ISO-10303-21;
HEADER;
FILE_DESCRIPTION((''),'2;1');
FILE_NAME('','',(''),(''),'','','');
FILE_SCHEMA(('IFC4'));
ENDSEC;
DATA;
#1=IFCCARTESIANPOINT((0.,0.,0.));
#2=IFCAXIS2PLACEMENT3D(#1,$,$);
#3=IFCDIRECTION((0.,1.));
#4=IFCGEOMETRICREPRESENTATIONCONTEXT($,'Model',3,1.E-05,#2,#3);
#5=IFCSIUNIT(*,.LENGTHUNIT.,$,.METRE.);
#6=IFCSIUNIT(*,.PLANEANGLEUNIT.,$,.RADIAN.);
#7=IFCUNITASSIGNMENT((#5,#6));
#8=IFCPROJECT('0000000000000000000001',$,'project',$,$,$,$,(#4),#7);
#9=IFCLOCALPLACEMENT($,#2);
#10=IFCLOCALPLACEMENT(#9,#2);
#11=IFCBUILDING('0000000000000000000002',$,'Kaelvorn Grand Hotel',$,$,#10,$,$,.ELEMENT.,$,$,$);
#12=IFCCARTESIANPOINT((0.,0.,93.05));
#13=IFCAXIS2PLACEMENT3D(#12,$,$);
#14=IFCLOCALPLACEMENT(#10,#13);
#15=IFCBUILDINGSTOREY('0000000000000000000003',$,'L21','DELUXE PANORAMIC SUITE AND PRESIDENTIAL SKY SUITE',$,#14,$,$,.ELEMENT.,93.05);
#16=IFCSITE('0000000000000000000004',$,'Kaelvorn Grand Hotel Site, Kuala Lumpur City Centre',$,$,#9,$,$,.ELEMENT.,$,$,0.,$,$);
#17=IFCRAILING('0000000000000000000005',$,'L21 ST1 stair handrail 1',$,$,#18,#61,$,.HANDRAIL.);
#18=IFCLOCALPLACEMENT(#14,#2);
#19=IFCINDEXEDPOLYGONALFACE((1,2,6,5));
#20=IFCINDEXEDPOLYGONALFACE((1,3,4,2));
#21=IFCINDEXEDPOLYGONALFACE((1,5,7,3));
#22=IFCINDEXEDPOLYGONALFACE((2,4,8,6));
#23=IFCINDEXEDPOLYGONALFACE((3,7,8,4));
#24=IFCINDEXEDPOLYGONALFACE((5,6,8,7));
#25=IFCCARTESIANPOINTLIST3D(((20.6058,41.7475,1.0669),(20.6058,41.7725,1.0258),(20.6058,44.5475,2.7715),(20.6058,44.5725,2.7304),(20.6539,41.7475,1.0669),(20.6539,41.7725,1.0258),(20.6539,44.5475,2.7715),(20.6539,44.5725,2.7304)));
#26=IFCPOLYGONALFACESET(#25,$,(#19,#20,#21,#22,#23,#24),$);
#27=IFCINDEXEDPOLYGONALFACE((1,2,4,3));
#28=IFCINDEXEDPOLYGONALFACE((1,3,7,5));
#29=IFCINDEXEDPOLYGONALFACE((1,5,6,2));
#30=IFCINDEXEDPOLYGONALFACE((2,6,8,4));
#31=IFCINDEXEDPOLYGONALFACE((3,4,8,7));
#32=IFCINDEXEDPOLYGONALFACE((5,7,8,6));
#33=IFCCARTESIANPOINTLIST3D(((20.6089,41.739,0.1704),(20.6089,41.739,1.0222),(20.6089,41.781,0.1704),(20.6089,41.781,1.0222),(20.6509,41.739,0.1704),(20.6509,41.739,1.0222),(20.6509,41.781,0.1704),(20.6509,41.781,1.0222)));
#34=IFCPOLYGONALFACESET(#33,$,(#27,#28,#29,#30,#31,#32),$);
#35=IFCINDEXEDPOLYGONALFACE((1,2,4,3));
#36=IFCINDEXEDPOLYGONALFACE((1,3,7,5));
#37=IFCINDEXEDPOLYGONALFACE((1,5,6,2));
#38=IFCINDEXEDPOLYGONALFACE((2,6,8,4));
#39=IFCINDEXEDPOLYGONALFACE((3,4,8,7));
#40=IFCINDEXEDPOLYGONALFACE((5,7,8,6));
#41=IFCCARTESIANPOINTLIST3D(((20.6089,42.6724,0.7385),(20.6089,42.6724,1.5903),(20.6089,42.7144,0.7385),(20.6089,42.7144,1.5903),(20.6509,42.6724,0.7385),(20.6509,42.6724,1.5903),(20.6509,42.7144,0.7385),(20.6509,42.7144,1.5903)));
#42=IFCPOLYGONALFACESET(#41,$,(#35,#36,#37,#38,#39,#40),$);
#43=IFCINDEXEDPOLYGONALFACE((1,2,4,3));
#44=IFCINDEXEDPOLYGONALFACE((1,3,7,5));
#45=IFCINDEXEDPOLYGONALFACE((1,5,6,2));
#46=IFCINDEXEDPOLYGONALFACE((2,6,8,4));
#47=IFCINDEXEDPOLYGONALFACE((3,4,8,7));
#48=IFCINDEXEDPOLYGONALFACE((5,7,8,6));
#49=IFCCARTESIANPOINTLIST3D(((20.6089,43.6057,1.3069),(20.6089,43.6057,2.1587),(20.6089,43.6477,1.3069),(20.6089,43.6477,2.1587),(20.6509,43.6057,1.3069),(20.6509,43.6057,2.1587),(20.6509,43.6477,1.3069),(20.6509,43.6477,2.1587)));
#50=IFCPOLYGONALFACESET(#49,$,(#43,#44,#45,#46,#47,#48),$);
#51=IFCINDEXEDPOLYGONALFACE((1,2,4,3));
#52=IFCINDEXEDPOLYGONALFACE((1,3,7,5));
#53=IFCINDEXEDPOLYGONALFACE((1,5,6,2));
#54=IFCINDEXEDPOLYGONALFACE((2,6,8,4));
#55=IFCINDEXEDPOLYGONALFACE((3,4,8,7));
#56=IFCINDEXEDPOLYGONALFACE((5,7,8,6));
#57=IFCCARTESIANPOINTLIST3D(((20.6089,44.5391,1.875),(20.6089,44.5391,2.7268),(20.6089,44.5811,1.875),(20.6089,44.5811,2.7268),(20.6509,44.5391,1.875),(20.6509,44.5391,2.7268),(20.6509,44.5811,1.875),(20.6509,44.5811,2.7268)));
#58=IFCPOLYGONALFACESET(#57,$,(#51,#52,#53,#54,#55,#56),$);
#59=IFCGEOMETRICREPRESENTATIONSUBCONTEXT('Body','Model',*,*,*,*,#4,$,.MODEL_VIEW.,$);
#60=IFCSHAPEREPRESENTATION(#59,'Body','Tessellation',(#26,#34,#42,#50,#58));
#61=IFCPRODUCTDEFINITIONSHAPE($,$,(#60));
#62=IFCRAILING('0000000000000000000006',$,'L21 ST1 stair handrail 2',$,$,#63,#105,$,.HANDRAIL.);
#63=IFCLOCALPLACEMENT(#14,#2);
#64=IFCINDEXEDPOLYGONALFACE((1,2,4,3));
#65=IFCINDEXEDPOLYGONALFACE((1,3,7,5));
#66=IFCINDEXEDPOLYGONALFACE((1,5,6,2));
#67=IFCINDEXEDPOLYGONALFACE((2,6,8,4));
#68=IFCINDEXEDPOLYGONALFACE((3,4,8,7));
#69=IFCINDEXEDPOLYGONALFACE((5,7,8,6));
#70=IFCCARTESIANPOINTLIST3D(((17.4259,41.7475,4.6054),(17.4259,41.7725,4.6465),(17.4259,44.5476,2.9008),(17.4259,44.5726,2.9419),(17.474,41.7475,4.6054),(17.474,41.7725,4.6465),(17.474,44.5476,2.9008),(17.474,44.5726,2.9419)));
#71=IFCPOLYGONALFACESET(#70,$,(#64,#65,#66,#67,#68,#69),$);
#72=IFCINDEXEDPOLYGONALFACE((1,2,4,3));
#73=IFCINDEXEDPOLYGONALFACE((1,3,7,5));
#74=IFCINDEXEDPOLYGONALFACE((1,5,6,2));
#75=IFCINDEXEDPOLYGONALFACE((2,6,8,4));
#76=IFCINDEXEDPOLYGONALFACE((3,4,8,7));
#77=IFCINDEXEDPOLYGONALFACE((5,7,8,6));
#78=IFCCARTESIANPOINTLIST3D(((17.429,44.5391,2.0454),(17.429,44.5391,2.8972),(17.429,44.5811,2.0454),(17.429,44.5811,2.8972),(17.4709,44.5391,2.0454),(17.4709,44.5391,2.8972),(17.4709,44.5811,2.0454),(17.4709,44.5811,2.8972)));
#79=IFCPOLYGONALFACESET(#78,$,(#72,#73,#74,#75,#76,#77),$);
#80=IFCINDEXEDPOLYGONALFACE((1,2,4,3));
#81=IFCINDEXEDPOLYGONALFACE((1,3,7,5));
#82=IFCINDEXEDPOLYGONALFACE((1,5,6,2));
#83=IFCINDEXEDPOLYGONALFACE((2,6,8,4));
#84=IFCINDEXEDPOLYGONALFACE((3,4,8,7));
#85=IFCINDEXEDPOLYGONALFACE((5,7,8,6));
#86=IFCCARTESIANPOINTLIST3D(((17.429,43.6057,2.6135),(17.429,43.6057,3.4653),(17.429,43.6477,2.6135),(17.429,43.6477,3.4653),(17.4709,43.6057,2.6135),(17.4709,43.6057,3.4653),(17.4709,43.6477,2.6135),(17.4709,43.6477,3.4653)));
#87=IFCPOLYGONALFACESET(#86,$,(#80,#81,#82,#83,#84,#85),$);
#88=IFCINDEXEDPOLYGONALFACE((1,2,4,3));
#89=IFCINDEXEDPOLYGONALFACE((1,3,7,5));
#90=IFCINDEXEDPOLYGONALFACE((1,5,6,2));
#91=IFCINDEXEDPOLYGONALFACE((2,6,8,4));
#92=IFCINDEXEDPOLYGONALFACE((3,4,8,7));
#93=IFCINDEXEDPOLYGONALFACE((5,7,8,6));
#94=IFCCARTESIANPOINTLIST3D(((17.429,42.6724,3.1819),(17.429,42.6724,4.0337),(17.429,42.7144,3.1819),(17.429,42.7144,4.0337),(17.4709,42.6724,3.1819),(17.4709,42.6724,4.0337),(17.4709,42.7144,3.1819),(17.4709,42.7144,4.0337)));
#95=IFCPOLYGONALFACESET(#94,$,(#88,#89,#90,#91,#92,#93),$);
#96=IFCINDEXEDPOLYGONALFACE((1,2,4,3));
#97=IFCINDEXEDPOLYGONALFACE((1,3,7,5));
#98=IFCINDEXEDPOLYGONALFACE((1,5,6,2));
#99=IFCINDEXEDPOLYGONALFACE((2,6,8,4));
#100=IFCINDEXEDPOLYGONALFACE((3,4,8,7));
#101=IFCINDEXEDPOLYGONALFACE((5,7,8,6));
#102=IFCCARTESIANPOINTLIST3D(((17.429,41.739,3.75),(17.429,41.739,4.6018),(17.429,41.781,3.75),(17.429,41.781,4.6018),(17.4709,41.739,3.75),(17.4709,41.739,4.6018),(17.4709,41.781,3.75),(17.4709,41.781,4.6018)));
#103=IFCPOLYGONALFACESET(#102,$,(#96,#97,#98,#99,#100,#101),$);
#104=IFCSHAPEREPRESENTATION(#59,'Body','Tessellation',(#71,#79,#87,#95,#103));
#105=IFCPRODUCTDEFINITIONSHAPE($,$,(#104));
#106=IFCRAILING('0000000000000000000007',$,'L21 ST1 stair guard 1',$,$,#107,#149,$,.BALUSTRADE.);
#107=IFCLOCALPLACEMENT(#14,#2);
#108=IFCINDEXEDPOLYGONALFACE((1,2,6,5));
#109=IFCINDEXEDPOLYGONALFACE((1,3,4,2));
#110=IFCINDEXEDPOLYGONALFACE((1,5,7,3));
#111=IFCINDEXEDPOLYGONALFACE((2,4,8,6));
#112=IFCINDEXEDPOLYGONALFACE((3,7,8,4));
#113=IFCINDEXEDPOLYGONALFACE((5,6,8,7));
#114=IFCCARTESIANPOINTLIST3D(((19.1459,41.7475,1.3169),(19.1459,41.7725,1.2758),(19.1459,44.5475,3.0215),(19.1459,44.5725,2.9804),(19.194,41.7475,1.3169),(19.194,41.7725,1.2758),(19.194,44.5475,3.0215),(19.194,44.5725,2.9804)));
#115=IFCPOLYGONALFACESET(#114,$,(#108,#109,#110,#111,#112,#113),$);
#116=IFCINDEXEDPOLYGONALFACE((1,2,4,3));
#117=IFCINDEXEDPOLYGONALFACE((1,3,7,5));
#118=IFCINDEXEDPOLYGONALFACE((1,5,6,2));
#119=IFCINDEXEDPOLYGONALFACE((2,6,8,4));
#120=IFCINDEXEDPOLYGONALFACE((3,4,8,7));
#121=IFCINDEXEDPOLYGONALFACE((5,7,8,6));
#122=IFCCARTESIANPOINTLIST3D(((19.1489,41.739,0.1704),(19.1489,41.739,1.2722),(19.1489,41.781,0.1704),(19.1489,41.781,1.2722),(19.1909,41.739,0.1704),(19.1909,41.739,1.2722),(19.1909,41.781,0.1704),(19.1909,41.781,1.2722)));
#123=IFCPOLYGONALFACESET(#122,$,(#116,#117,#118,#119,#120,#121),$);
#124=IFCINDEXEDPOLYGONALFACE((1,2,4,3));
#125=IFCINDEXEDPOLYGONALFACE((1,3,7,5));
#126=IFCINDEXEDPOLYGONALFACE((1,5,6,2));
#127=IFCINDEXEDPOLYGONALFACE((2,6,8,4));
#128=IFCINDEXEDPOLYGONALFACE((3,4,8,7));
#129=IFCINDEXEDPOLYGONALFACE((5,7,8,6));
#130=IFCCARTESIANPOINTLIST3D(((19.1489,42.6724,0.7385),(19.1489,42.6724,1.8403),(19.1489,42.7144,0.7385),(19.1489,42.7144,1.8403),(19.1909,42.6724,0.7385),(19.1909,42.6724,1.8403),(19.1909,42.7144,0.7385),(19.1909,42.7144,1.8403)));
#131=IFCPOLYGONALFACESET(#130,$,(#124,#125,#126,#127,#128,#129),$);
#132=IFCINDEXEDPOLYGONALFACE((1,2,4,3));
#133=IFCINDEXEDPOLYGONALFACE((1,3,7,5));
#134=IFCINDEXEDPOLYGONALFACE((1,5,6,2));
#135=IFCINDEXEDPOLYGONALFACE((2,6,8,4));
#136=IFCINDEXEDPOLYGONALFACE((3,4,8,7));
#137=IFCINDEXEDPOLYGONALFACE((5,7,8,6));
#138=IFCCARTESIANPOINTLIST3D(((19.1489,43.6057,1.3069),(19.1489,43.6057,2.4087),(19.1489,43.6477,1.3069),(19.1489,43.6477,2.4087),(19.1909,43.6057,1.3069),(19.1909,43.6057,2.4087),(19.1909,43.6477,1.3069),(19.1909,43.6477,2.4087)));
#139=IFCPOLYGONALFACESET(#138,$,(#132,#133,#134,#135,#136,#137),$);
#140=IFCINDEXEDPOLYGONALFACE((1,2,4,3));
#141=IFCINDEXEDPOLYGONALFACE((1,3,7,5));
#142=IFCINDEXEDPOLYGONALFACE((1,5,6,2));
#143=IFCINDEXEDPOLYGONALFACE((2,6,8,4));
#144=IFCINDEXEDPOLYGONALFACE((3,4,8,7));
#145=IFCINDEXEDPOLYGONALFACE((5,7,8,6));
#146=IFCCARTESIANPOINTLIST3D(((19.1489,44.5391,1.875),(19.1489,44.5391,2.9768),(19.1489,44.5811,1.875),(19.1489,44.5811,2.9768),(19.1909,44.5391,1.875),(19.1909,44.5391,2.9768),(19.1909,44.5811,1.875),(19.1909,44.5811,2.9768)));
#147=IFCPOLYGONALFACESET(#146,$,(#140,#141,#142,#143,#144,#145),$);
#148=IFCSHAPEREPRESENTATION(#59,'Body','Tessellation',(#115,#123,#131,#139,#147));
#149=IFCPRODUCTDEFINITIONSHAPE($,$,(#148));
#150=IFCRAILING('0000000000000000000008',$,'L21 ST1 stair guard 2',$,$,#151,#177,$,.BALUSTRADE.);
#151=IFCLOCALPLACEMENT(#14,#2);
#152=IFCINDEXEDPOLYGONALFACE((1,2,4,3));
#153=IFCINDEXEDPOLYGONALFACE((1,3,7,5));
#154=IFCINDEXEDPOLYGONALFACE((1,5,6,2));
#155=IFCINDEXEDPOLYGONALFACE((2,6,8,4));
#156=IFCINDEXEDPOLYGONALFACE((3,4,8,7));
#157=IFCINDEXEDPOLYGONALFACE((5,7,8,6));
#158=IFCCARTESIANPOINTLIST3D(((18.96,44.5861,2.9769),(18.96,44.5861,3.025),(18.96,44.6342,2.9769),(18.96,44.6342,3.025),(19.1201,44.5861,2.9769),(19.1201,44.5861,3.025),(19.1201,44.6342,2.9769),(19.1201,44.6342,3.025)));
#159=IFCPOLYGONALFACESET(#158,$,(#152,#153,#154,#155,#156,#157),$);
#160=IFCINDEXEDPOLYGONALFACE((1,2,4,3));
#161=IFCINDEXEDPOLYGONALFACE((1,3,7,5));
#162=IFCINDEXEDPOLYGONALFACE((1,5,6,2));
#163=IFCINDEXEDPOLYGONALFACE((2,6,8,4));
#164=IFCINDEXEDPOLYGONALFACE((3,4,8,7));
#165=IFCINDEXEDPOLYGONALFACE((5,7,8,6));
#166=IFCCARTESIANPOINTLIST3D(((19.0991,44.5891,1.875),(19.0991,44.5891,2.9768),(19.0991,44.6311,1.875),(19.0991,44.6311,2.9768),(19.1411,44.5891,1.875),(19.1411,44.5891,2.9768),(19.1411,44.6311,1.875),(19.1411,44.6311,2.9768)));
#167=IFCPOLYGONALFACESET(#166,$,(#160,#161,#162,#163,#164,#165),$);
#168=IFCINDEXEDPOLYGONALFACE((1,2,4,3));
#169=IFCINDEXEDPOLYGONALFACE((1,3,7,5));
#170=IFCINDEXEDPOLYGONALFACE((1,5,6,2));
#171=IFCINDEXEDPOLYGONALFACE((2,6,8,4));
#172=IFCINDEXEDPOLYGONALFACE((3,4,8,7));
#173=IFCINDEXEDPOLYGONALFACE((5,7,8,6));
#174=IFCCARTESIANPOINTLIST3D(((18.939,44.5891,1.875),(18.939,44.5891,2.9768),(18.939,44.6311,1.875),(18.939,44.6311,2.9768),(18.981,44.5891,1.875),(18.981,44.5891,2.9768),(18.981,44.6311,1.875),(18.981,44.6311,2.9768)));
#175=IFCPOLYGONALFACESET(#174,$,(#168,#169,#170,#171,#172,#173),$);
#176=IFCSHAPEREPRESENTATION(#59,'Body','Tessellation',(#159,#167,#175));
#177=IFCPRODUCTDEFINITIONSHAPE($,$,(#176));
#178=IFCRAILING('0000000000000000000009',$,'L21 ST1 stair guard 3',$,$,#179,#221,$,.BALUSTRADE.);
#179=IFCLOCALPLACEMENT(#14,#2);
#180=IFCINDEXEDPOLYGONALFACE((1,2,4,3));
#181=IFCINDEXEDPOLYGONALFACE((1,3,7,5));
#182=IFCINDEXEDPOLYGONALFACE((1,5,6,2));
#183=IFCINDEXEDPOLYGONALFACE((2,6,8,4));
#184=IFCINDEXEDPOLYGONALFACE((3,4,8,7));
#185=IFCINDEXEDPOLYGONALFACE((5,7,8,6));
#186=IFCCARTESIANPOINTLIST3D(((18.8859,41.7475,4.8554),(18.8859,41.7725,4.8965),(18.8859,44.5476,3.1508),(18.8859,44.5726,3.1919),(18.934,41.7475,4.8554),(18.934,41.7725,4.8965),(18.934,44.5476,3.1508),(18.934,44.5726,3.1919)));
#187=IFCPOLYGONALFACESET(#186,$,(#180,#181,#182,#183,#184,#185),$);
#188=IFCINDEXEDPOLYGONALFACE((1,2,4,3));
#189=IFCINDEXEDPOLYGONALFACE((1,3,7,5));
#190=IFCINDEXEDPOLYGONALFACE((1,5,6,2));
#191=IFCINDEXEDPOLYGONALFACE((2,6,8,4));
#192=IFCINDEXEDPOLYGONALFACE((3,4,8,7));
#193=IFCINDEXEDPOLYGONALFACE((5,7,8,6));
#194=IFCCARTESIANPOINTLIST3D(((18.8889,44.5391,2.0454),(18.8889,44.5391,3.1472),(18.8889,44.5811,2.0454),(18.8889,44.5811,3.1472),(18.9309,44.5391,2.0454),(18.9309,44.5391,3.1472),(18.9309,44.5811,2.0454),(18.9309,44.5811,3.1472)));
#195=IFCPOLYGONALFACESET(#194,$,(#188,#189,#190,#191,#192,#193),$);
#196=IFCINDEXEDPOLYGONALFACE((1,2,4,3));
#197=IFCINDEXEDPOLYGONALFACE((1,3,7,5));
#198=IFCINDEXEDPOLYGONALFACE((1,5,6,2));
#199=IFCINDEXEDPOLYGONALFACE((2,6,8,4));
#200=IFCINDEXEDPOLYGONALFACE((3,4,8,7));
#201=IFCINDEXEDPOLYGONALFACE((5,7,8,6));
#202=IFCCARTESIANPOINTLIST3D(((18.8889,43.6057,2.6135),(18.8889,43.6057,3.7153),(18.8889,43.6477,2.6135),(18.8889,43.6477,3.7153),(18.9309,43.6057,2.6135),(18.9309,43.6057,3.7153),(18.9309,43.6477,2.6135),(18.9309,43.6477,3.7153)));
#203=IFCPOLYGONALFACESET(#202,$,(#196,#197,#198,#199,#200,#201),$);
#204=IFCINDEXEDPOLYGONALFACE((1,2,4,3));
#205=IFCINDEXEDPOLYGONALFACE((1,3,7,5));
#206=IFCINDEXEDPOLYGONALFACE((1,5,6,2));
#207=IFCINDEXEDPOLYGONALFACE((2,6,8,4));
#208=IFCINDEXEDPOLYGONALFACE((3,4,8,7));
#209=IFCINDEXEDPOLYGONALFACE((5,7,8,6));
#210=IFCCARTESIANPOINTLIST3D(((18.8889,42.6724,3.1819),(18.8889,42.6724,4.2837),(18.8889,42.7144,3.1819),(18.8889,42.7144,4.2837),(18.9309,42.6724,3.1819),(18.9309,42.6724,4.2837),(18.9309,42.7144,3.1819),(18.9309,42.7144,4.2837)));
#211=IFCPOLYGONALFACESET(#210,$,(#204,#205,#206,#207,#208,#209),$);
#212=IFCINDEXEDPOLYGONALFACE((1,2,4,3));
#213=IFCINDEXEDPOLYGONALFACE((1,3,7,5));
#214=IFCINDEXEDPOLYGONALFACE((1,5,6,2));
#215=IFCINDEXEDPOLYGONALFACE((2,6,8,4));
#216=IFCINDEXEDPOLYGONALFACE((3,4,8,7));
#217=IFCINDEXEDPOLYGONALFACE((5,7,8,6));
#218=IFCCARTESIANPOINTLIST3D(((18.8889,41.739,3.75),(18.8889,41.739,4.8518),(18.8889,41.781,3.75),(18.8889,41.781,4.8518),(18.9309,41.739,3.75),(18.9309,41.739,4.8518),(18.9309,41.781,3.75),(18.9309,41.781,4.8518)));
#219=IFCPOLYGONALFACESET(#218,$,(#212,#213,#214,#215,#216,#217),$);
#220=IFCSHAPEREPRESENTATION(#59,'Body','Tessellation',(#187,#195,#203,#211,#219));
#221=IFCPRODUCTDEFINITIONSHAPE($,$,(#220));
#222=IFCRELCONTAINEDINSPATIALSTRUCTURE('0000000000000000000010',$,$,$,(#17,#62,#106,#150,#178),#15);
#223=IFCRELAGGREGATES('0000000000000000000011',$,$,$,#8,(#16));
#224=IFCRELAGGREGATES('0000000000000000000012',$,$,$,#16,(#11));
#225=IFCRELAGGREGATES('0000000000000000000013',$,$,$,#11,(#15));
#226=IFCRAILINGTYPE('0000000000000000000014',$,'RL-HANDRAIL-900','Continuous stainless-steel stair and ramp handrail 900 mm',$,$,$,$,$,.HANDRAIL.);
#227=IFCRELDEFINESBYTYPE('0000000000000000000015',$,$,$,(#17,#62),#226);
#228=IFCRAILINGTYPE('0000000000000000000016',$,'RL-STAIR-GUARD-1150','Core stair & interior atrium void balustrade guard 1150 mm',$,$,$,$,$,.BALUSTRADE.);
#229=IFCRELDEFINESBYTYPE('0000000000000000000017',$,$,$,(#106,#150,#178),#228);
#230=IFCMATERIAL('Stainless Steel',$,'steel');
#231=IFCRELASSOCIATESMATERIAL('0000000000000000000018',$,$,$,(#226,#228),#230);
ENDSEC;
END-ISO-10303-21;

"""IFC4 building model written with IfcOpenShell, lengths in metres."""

from ifc_helpers import new_model, si_unit, direction, frame, origin, origin_2d, place, context, subcontext, project, spatial, rectangle, extrude, material, type_object, element, save


model = new_model("IFC4")

# Units and contexts
model_context = context("Model", 3, precision=1e-05, world=origin(), true_north=direction((0.0, 1.0)))
body_context = subcontext(model_context, "Body", "Model", "MODEL_VIEW")
ifc_project = project(units=[si_unit("LENGTHUNIT", "METRE"), si_unit("PLANEANGLEUNIT", "RADIAN")], contexts=[model_context])

# Site, building, storey
site_placement = place(None, origin())
site = spatial("IfcSite", under=ifc_project, at=site_placement, Name="Kaelvorn Grand Hotel Site, Kuala Lumpur City Centre", CompositionType="ELEMENT", RefElevation=0.0)
building_placement = place(site_placement, origin())
building = spatial("IfcBuilding", under=site, at=building_placement, Name="Kaelvorn Grand Hotel", CompositionType="ELEMENT")
storey_placement = place(building_placement, frame((0.0, 0.0, 93.05)))
storey = spatial("IfcBuildingStorey", under=building, at=storey_placement, Name="L21", Description="DELUXE PANORAMIC SUITE AND PRESIDENTIAL SKY SUITE", CompositionType="ELEMENT", Elevation=93.05)

# Shared definitions
ifc_material_1 = material(Name="Stainless Steel", Category="steel")

# Railings
railing_type_1 = type_object("IfcRailingType", Name="RL-HANDRAIL-900", Description="Continuous stainless-steel stair and ramp handrail 900 mm", PredefinedType="HANDRAIL", material=ifc_material_1)
railing_1_placement = place(storey_placement, frame((20.6299, 41.76, 0.1704)))
element("IfcRailing", 1, at=railing_1_placement, inside=storey, type_object=railing_type_1, Name="L21 ST1 stair handrail 1", PredefinedType="HANDRAIL", context=body_context, shape_type="SweptSolid", body=[
    extrude(rectangle(XDim=0.0481, YDim=0.0481, at=origin_2d()), frame((0.0, 0.0, 0.876), z_axis=(0.0, 0.85417, 0.519994), x_axis=(-1.0, 0.0, 0.0)), (0.0, 0.0, 1.0), 3.2781),
    extrude(rectangle(XDim=0.042, YDim=0.042, at=origin_2d()), origin(), (0.0, 0.0, 1.0), 0.8518),
    extrude(rectangle(XDim=0.042, YDim=0.042, at=origin_2d()), frame((0.0, 0.9333, 0.5681)), (0.0, 0.0, 1.0), 0.8518),
    extrude(rectangle(XDim=0.042, YDim=0.042, at=origin_2d()), frame((0.0, 1.8667, 1.1365)), (0.0, 0.0, 1.0), 0.8518),
    extrude(rectangle(XDim=0.042, YDim=0.042, at=origin_2d()), frame((0.0, 2.8, 1.7046)), (0.0, 0.0, 1.0), 0.8518),
])
railing_2_placement = place(storey_placement, frame((17.45, 44.5601, 2.0454)))
element("IfcRailing", 2, at=railing_2_placement, inside=storey, type_object=railing_type_1, Name="L21 ST1 stair handrail 2", PredefinedType="HANDRAIL", context=body_context, shape_type="SweptSolid", body=[
    extrude(rectangle(XDim=0.0481, YDim=0.0481, at=origin_2d()), frame((0.0, 0.0, 0.876), z_axis=(0.0, -0.85417, 0.519994), x_axis=(1.0, 0.0, 0.0)), (0.0, 0.0, 1.0), 3.2781),
    extrude(rectangle(XDim=0.042, YDim=0.042, at=origin_2d()), origin(), (0.0, 0.0, 1.0), 0.8518),
    extrude(rectangle(XDim=0.042, YDim=0.042, at=origin_2d()), frame((0.0, -0.9333, 0.5681)), (0.0, 0.0, 1.0), 0.8518),
    extrude(rectangle(XDim=0.042, YDim=0.042, at=origin_2d()), frame((0.0, -1.8667, 1.1365)), (0.0, 0.0, 1.0), 0.8518),
    extrude(rectangle(XDim=0.042, YDim=0.042, at=origin_2d()), frame((0.0, -2.8, 1.7046)), (0.0, 0.0, 1.0), 0.8518),
])
railing_type_2 = type_object("IfcRailingType", Name="RL-STAIR-GUARD-1150", Description="Core stair & interior atrium void balustrade guard 1150 mm", PredefinedType="BALUSTRADE", material=ifc_material_1)
railing_3_placement = place(storey_placement, frame((19.1699, 41.76, 0.1704)))
element("IfcRailing", 3, at=railing_3_placement, inside=storey, type_object=railing_type_2, Name="L21 ST1 stair guard 1", PredefinedType="BALUSTRADE", context=body_context, shape_type="SweptSolid", body=[
    extrude(rectangle(XDim=0.0481, YDim=0.0481, at=origin_2d()), frame((0.0, 0.0, 1.126), z_axis=(0.0, 0.85417, 0.519994), x_axis=(-1.0, 0.0, 0.0)), (0.0, 0.0, 1.0), 3.2781),
    extrude(rectangle(XDim=0.042, YDim=0.042, at=origin_2d()), origin(), (0.0, 0.0, 1.0), 1.1018),
    extrude(rectangle(XDim=0.042, YDim=0.042, at=origin_2d()), frame((0.0, 0.9333, 0.5681)), (0.0, 0.0, 1.0), 1.1018),
    extrude(rectangle(XDim=0.042, YDim=0.042, at=origin_2d()), frame((0.0, 1.8667, 1.1365)), (0.0, 0.0, 1.0), 1.1018),
    extrude(rectangle(XDim=0.042, YDim=0.042, at=origin_2d()), frame((0.0, 2.8, 1.7046)), (0.0, 0.0, 1.0), 1.1018),
])
railing_4_placement = place(storey_placement, frame((19.1201, 44.6101, 1.875)))
element("IfcRailing", 4, at=railing_4_placement, inside=storey, type_object=railing_type_2, Name="L21 ST1 stair guard 2", PredefinedType="BALUSTRADE", context=body_context, shape_type="SweptSolid", body=[
    extrude(rectangle(XDim=0.0481, YDim=0.0481, at=origin_2d()), frame((0.0, 0.0, 1.126), z_axis=(-1.0, 0.0, 0.0), x_axis=(0.0, -1.0, 0.0)), (0.0, 0.0, 1.0), 0.1602),
    extrude(rectangle(XDim=0.042, YDim=0.042, at=origin_2d()), origin(), (0.0, 0.0, 1.0), 1.1018),
    extrude(rectangle(XDim=0.042, YDim=0.042, at=origin_2d()), frame((-0.1602, 0.0, 0.0)), (0.0, 0.0, 1.0), 1.1018),
])
railing_5_placement = place(storey_placement, frame((18.9099, 44.5601, 2.0454)))
element("IfcRailing", 5, at=railing_5_placement, inside=storey, type_object=railing_type_2, Name="L21 ST1 stair guard 3", PredefinedType="BALUSTRADE", context=body_context, shape_type="SweptSolid", body=[
    extrude(rectangle(XDim=0.0481, YDim=0.0481, at=origin_2d()), frame((0.0, 0.0, 1.126), z_axis=(0.0, -0.85417, 0.519994), x_axis=(1.0, 0.0, 0.0)), (0.0, 0.0, 1.0), 3.2781),
    extrude(rectangle(XDim=0.042, YDim=0.042, at=origin_2d()), origin(), (0.0, 0.0, 1.0), 1.1018),
    extrude(rectangle(XDim=0.042, YDim=0.042, at=origin_2d()), frame((0.0, -0.9333, 0.5681)), (0.0, 0.0, 1.0), 1.1018),
    extrude(rectangle(XDim=0.042, YDim=0.042, at=origin_2d()), frame((0.0, -1.8667, 1.1365)), (0.0, 0.0, 1.0), 1.1018),
    extrude(rectangle(XDim=0.042, YDim=0.042, at=origin_2d()), frame((0.0, -2.8, 1.7046)), (0.0, 0.0, 1.0), 1.1018),
])

save(model, "model.ifc")
